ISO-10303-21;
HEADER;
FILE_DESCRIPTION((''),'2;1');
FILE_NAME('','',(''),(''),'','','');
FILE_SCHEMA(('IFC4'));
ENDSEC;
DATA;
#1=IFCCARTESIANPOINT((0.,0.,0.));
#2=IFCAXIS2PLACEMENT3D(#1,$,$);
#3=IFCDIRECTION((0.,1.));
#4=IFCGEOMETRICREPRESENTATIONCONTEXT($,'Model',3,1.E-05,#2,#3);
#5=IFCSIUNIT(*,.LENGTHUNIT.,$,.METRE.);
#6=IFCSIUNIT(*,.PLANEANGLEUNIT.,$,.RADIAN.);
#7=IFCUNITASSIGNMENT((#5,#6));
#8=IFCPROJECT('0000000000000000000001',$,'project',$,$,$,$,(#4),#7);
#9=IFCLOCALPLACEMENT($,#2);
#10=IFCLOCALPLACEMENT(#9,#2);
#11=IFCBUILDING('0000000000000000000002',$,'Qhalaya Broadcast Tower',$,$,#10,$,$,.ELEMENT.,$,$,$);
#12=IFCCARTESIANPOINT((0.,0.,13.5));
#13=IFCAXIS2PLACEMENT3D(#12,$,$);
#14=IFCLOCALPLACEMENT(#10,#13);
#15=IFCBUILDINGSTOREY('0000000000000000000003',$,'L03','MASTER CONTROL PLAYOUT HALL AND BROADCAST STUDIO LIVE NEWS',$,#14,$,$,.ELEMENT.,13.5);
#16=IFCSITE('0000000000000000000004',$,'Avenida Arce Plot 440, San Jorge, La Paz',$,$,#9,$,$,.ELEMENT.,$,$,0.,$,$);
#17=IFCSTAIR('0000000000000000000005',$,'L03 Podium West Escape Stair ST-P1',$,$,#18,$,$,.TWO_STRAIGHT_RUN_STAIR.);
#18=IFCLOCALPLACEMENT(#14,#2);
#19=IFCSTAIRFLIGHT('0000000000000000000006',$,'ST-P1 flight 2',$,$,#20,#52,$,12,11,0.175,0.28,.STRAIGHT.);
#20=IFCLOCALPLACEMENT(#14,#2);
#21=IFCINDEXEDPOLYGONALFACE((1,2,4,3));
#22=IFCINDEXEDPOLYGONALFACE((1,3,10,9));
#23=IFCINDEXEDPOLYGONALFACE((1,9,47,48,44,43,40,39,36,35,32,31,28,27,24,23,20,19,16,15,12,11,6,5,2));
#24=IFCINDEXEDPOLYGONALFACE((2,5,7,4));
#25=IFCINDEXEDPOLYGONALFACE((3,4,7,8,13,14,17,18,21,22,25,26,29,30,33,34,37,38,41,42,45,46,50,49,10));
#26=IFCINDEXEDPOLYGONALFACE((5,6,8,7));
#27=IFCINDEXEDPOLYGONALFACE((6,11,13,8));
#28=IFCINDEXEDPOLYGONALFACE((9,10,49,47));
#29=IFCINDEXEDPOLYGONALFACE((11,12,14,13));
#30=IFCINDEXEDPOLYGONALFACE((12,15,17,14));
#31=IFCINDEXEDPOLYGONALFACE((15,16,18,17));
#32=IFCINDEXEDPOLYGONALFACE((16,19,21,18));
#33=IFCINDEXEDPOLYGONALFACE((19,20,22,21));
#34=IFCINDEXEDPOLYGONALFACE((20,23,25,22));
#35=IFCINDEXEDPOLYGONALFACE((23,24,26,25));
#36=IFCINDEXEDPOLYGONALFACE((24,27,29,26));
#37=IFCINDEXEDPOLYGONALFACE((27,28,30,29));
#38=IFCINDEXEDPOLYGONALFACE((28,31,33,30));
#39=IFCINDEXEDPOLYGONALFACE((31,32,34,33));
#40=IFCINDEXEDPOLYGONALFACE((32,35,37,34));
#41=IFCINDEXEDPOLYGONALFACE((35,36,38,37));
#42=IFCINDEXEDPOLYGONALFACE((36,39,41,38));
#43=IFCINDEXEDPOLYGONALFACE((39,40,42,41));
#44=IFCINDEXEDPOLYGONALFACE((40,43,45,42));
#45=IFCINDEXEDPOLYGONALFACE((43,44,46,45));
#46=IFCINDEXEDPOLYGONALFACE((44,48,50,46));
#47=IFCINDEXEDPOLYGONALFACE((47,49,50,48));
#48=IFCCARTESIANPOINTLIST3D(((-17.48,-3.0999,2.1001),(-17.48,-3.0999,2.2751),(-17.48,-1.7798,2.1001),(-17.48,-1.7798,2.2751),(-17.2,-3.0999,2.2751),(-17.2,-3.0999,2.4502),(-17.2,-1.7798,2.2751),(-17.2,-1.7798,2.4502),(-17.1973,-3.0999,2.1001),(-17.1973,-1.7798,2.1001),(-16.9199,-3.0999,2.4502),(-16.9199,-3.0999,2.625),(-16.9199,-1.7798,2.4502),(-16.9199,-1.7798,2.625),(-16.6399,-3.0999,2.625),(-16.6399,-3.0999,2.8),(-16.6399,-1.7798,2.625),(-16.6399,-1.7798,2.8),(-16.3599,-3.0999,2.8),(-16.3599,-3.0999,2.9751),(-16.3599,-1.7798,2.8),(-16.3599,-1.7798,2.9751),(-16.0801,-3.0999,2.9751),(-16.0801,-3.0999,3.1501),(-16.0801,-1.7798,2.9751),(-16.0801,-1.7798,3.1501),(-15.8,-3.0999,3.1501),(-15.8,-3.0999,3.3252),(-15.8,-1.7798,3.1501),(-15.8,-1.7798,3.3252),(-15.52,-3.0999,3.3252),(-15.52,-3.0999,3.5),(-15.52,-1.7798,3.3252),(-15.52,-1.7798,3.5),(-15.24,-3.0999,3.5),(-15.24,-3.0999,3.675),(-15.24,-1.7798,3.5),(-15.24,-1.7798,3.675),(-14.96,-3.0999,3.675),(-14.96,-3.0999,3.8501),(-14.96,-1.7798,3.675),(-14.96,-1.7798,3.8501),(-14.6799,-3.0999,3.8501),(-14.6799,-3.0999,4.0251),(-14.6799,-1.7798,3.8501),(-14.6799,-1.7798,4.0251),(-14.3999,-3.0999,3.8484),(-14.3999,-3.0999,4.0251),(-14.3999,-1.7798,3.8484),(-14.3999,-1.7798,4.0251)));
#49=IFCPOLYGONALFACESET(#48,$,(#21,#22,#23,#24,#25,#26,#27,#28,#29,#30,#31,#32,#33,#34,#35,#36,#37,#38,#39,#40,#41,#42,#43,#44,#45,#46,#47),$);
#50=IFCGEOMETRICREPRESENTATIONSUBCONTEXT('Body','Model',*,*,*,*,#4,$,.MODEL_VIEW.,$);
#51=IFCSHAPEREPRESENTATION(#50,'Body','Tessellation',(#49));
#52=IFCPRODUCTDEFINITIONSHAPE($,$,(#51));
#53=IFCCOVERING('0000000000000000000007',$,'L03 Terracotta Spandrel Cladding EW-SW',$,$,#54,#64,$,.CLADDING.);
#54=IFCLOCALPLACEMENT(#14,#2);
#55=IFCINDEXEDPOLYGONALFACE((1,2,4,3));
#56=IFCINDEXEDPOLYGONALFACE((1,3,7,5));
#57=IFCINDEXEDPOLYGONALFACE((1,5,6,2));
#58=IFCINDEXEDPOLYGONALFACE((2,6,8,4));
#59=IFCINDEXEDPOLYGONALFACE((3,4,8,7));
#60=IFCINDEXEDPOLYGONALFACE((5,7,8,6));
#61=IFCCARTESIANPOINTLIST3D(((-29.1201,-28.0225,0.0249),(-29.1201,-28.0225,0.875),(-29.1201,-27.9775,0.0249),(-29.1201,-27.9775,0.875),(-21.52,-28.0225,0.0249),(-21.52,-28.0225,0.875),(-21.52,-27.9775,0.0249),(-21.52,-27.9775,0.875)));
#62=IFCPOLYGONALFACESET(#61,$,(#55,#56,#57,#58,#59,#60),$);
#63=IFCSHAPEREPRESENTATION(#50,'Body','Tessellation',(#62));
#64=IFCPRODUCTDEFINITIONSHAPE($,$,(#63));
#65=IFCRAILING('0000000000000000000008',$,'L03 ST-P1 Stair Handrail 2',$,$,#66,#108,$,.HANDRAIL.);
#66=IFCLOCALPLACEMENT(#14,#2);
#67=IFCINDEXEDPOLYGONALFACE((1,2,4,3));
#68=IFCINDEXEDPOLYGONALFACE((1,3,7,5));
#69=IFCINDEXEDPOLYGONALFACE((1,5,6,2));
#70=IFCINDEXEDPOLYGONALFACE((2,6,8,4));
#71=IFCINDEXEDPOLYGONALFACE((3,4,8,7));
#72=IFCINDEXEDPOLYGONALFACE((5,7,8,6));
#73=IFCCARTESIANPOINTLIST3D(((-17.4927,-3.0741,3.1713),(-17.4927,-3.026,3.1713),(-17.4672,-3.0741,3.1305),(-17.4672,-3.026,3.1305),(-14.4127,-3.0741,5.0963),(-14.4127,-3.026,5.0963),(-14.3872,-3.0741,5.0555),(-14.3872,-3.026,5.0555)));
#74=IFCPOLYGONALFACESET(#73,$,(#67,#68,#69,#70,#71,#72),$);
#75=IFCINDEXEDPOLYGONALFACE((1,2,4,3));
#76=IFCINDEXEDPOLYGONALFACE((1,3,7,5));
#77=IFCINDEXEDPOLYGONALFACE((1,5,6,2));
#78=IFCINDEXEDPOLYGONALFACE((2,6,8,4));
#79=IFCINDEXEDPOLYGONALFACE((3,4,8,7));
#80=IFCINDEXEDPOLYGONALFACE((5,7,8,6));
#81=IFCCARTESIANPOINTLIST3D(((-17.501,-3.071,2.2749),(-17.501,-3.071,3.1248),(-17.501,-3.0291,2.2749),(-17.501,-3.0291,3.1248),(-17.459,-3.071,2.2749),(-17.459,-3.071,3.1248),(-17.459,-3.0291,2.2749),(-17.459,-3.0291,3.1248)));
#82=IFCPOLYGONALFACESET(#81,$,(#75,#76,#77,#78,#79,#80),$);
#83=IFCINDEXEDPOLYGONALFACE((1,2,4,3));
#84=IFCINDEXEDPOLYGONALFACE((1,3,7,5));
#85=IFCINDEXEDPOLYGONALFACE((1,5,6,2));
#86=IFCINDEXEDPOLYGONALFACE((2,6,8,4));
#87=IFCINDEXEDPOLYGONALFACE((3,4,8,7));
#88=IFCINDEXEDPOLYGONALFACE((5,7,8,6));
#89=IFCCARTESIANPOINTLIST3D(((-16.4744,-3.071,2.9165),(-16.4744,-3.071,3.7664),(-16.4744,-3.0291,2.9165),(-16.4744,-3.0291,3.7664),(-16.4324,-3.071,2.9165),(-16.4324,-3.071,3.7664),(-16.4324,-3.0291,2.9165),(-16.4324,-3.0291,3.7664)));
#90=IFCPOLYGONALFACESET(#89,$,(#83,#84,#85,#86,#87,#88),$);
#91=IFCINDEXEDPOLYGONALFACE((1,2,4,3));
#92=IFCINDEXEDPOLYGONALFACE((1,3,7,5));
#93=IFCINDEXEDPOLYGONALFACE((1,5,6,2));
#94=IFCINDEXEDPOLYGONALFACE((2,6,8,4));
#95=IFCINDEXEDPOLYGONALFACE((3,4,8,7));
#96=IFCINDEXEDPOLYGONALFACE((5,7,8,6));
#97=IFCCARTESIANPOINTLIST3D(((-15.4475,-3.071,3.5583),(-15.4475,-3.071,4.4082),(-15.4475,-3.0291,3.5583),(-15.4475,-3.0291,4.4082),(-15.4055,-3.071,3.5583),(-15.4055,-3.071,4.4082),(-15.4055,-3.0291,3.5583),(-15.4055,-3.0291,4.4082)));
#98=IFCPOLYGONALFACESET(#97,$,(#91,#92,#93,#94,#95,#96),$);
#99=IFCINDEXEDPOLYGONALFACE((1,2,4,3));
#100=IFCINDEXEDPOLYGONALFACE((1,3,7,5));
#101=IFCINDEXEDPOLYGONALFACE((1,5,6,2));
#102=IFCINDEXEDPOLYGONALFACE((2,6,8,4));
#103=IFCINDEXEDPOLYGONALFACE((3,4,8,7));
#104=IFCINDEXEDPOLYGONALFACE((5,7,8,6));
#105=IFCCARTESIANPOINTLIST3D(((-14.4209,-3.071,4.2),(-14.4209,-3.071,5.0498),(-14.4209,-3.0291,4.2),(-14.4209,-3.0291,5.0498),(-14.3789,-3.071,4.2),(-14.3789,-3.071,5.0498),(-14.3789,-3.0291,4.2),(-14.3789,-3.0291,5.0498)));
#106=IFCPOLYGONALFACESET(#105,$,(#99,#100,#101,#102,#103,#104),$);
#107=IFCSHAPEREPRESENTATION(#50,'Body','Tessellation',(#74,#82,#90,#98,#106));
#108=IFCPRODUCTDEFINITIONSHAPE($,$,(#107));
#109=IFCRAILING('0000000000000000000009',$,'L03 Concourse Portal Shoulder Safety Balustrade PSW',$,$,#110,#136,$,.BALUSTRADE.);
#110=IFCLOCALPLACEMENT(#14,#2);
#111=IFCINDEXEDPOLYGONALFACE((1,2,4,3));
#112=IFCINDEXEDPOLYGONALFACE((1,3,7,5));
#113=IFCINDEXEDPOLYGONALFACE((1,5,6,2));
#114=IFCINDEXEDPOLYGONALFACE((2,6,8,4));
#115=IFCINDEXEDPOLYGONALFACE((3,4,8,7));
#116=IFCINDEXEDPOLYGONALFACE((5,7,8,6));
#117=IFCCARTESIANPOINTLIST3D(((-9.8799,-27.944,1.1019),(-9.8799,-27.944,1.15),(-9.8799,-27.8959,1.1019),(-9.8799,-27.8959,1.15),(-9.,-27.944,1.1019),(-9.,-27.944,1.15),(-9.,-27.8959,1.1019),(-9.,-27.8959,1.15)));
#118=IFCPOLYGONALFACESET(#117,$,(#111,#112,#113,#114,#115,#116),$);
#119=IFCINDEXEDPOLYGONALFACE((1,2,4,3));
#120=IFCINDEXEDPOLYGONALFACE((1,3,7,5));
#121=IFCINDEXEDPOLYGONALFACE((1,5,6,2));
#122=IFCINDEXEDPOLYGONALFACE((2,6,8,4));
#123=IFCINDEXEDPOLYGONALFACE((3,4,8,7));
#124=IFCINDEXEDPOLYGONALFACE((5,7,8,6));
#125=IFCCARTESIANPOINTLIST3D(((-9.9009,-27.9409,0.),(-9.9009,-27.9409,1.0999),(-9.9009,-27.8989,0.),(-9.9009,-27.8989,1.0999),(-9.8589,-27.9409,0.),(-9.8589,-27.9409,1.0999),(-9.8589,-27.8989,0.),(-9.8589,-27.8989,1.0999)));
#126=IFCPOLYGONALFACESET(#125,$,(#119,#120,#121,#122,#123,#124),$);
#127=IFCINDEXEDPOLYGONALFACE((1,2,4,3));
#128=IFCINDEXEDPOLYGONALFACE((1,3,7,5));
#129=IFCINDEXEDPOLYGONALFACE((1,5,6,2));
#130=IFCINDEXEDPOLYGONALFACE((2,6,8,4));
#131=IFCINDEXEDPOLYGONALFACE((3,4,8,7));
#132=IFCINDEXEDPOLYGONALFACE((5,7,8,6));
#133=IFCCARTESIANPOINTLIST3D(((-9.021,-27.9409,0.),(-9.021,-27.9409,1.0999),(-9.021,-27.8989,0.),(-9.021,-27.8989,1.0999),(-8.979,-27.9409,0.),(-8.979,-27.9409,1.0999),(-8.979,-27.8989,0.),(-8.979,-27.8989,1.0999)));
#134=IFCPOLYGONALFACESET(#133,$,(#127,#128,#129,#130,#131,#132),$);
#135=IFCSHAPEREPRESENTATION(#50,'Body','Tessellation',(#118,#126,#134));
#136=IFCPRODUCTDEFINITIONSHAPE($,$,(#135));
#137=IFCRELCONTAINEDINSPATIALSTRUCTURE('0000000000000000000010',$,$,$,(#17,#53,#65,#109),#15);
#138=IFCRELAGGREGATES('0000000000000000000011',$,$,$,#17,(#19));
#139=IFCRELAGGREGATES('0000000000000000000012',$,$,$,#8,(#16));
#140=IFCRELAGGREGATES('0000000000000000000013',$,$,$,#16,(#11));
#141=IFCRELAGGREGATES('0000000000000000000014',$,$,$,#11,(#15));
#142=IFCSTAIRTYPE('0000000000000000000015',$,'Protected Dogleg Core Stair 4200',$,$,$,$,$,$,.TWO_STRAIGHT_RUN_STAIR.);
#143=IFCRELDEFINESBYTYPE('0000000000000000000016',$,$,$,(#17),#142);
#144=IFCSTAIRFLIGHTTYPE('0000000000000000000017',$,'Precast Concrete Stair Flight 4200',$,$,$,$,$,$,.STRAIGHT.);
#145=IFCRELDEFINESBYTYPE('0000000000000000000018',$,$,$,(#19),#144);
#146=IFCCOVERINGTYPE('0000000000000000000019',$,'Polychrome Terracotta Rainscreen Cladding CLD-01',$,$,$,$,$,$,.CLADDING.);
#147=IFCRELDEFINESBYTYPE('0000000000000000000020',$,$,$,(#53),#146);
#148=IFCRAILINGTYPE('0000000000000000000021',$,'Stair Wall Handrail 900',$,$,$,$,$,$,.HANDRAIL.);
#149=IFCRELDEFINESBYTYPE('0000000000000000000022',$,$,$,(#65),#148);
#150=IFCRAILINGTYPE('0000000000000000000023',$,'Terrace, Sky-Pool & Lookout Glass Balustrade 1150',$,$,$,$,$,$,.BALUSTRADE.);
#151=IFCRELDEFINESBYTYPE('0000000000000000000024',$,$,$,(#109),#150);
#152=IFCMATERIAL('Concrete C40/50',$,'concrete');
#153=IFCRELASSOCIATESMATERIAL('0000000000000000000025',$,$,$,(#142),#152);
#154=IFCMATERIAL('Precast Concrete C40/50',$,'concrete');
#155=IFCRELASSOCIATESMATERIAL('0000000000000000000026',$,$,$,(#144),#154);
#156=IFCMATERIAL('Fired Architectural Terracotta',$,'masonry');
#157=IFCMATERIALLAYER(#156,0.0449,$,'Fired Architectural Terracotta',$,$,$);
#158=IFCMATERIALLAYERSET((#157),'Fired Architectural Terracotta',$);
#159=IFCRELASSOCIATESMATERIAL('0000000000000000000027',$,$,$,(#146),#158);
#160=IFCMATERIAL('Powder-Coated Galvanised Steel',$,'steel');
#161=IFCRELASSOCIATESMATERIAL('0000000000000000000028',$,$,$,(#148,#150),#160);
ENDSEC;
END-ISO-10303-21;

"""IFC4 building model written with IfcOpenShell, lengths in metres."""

from ifc_helpers import new_model, si_unit, direction, frame, origin, origin_2d, place, context, subcontext, project, spatial, polyline, rectangle, outline, extrude, material, layer, layer_set, type_object, element, aggregate, save


model = new_model("IFC4")

# Units and contexts
model_context = context("Model", 3, precision=1e-05, world=origin(), true_north=direction((0.0, 1.0)))
body_context = subcontext(model_context, "Body", "Model", "MODEL_VIEW")
ifc_project = project(units=[si_unit("LENGTHUNIT", "METRE"), si_unit("PLANEANGLEUNIT", "RADIAN")], contexts=[model_context])

# Site, building, storey
site_placement = place(None, origin())
site = spatial("IfcSite", under=ifc_project, at=site_placement, Name="Avenida Arce Plot 440, San Jorge, La Paz", CompositionType="ELEMENT", RefElevation=0.0)
building_placement = place(site_placement, origin())
building = spatial("IfcBuilding", under=site, at=building_placement, Name="Qhalaya Broadcast Tower", CompositionType="ELEMENT")
storey_placement = place(building_placement, frame((0.0, 0.0, 13.5)))
storey = spatial("IfcBuildingStorey", under=building, at=storey_placement, Name="L03", Description="MASTER CONTROL PLAYOUT HALL AND BROADCAST STUDIO LIVE NEWS", CompositionType="ELEMENT", Elevation=13.5)

# Shared definitions
ifc_material_1 = material(Name="Precast Concrete C40/50", Category="concrete")

# Stair, stair flight
ifc_material_2 = material(Name="Concrete C40/50", Category="concrete")
stair_type = type_object("IfcStairType", Name="Protected Dogleg Core Stair 4200", PredefinedType="TWO_STRAIGHT_RUN_STAIR", material=ifc_material_2)
stair_placement = place(storey_placement, origin())
stair = element("IfcStair", 1, at=stair_placement, inside=storey, type_object=stair_type, Name="L03 Podium West Escape Stair ST-P1", PredefinedType="TWO_STRAIGHT_RUN_STAIR")
stair_flight_type = type_object("IfcStairFlightType", Name="Precast Concrete Stair Flight 4200", PredefinedType="STRAIGHT", material=ifc_material_1)
stair_flight_placement = place(storey_placement, frame((-17.48, -2.4399, 2.1001), z_axis=(0.0, 0.0, 1.0), x_axis=(1.0, 0.0, 0.0)))
stair_flight = element("IfcStairFlight", 2, at=stair_flight_placement, type_object=stair_flight_type, Name="ST-P1 flight 2", NumberOfRisers=12, NumberOfTreads=11, PredefinedType="STRAIGHT", RiserHeight=0.175, TreadLength=0.28, context=body_context, shape_type="SweptSolid", body=[
    extrude(outline(polyline([(0.0, 0.0), (0.0, 0.175), (0.28, 0.175), (0.28, 0.3501), (0.5601, 0.3501), (0.5601, 0.5249), (0.8401, 0.5249), (0.8401, 0.7), (1.1201, 0.7), (1.1201, 0.875), (1.3999, 0.875), (1.3999, 1.05), (1.6799, 1.05), (1.6799, 1.2251), (1.96, 1.2251), (1.96, 1.3999), (2.24, 1.3999), (2.24, 1.575), (2.52, 1.575), (2.52, 1.75), (2.8, 1.75), (2.8, 1.925), (3.0801, 1.925), (3.0801, 2.1001), (3.0801, 1.7483), (0.2827, 0.0), (0.0, 0.0)])), frame((0.0, 0.6602, 0.0), z_axis=(0.0, -1.0, 0.0), x_axis=(1.0, 0.0, 0.0)), (0.0, 0.0, 1.0), 1.3201),
])
aggregate(stair, [stair_flight])

# Covering
ifc_material_3 = material(Name="Fired Architectural Terracotta", Category="masonry")
ifc_layer_1 = layer(ifc_material_3, 0.0449, Name="Fired Architectural Terracotta")
ifc_layer_set_1 = layer_set([ifc_layer_1], Name="Fired Architectural Terracotta")
covering_type = type_object("IfcCoveringType", Name="Polychrome Terracotta Rainscreen Cladding CLD-01", PredefinedType="CLADDING", material=ifc_layer_set_1)
covering_placement = place(storey_placement, frame((-25.3201, -28.0, 0.0249), z_axis=(0.0, 0.0, 1.0), x_axis=(-1.0, 0.0, 0.0)))
element("IfcCovering", 3, at=covering_placement, inside=storey, type_object=covering_type, Name="L03 Terracotta Spandrel Cladding EW-SW", PredefinedType="CLADDING", context=body_context, shape_type="SweptSolid", body=[
    extrude(rectangle(XDim=7.6001, YDim=0.0449, at=origin_2d()), origin(), (0.0, 0.0, 1.0), 0.8501),
])

# Railings
ifc_material_4 = material(Name="Powder-Coated Galvanised Steel", Category="steel")
railing_type_1 = type_object("IfcRailingType", Name="Stair Wall Handrail 900", PredefinedType="HANDRAIL", material=ifc_material_4)
railing_1_placement = place(storey_placement, frame((-17.48, -3.05, 2.2749)))
element("IfcRailing", 4, at=railing_1_placement, inside=storey, type_object=railing_type_1, Name="L03 ST-P1 Stair Handrail 2", PredefinedType="HANDRAIL", context=body_context, shape_type="SweptSolid", body=[
    extrude(rectangle(XDim=0.0481, YDim=0.0481, at=origin_2d()), frame((0.0, 0.0, 0.876), z_axis=(0.847998, 0.0, 0.529999), x_axis=(0.0, 1.0, 0.0)), (0.0, 0.0, 1.0), 3.6321),
    extrude(rectangle(XDim=0.042, YDim=0.042, at=origin_2d()), origin(), (0.0, 0.0, 1.0), 0.8499),
    extrude(rectangle(XDim=0.042, YDim=0.042, at=origin_2d()), frame((1.0266, 0.0, 0.6416)), (0.0, 0.0, 1.0), 0.8499),
    extrude(rectangle(XDim=0.042, YDim=0.042, at=origin_2d()), frame((2.0535, 0.0, 1.2834)), (0.0, 0.0, 1.0), 0.8499),
    extrude(rectangle(XDim=0.042, YDim=0.042, at=origin_2d()), frame((3.0801, 0.0, 1.925)), (0.0, 0.0, 1.0), 0.8499),
])
railing_type_2 = type_object("IfcRailingType", Name="Terrace, Sky-Pool & Lookout Glass Balustrade 1150", PredefinedType="BALUSTRADE", material=ifc_material_4)
railing_2_placement = place(storey_placement, frame((-9.8799, -27.9199, 0.0)))
element("IfcRailing", 5, at=railing_2_placement, inside=storey, type_object=railing_type_2, Name="L03 Concourse Portal Shoulder Safety Balustrade PSW", PredefinedType="BALUSTRADE", context=body_context, shape_type="SweptSolid", body=[
    extrude(rectangle(XDim=0.0481, YDim=0.0481, at=origin_2d()), frame((0.0, 0.0, 1.126), z_axis=(1.0, 0.0, 0.0), x_axis=(0.0, 1.0, 0.0)), (0.0, 0.0, 1.0), 0.8799),
    extrude(rectangle(XDim=0.042, YDim=0.042, at=origin_2d()), origin(), (0.0, 0.0, 1.0), 1.0999),
    extrude(rectangle(XDim=0.042, YDim=0.042, at=origin_2d()), frame((0.8799, 0.0, 0.0)), (0.0, 0.0, 1.0), 1.0999),
])

save(model, "model.ifc")
